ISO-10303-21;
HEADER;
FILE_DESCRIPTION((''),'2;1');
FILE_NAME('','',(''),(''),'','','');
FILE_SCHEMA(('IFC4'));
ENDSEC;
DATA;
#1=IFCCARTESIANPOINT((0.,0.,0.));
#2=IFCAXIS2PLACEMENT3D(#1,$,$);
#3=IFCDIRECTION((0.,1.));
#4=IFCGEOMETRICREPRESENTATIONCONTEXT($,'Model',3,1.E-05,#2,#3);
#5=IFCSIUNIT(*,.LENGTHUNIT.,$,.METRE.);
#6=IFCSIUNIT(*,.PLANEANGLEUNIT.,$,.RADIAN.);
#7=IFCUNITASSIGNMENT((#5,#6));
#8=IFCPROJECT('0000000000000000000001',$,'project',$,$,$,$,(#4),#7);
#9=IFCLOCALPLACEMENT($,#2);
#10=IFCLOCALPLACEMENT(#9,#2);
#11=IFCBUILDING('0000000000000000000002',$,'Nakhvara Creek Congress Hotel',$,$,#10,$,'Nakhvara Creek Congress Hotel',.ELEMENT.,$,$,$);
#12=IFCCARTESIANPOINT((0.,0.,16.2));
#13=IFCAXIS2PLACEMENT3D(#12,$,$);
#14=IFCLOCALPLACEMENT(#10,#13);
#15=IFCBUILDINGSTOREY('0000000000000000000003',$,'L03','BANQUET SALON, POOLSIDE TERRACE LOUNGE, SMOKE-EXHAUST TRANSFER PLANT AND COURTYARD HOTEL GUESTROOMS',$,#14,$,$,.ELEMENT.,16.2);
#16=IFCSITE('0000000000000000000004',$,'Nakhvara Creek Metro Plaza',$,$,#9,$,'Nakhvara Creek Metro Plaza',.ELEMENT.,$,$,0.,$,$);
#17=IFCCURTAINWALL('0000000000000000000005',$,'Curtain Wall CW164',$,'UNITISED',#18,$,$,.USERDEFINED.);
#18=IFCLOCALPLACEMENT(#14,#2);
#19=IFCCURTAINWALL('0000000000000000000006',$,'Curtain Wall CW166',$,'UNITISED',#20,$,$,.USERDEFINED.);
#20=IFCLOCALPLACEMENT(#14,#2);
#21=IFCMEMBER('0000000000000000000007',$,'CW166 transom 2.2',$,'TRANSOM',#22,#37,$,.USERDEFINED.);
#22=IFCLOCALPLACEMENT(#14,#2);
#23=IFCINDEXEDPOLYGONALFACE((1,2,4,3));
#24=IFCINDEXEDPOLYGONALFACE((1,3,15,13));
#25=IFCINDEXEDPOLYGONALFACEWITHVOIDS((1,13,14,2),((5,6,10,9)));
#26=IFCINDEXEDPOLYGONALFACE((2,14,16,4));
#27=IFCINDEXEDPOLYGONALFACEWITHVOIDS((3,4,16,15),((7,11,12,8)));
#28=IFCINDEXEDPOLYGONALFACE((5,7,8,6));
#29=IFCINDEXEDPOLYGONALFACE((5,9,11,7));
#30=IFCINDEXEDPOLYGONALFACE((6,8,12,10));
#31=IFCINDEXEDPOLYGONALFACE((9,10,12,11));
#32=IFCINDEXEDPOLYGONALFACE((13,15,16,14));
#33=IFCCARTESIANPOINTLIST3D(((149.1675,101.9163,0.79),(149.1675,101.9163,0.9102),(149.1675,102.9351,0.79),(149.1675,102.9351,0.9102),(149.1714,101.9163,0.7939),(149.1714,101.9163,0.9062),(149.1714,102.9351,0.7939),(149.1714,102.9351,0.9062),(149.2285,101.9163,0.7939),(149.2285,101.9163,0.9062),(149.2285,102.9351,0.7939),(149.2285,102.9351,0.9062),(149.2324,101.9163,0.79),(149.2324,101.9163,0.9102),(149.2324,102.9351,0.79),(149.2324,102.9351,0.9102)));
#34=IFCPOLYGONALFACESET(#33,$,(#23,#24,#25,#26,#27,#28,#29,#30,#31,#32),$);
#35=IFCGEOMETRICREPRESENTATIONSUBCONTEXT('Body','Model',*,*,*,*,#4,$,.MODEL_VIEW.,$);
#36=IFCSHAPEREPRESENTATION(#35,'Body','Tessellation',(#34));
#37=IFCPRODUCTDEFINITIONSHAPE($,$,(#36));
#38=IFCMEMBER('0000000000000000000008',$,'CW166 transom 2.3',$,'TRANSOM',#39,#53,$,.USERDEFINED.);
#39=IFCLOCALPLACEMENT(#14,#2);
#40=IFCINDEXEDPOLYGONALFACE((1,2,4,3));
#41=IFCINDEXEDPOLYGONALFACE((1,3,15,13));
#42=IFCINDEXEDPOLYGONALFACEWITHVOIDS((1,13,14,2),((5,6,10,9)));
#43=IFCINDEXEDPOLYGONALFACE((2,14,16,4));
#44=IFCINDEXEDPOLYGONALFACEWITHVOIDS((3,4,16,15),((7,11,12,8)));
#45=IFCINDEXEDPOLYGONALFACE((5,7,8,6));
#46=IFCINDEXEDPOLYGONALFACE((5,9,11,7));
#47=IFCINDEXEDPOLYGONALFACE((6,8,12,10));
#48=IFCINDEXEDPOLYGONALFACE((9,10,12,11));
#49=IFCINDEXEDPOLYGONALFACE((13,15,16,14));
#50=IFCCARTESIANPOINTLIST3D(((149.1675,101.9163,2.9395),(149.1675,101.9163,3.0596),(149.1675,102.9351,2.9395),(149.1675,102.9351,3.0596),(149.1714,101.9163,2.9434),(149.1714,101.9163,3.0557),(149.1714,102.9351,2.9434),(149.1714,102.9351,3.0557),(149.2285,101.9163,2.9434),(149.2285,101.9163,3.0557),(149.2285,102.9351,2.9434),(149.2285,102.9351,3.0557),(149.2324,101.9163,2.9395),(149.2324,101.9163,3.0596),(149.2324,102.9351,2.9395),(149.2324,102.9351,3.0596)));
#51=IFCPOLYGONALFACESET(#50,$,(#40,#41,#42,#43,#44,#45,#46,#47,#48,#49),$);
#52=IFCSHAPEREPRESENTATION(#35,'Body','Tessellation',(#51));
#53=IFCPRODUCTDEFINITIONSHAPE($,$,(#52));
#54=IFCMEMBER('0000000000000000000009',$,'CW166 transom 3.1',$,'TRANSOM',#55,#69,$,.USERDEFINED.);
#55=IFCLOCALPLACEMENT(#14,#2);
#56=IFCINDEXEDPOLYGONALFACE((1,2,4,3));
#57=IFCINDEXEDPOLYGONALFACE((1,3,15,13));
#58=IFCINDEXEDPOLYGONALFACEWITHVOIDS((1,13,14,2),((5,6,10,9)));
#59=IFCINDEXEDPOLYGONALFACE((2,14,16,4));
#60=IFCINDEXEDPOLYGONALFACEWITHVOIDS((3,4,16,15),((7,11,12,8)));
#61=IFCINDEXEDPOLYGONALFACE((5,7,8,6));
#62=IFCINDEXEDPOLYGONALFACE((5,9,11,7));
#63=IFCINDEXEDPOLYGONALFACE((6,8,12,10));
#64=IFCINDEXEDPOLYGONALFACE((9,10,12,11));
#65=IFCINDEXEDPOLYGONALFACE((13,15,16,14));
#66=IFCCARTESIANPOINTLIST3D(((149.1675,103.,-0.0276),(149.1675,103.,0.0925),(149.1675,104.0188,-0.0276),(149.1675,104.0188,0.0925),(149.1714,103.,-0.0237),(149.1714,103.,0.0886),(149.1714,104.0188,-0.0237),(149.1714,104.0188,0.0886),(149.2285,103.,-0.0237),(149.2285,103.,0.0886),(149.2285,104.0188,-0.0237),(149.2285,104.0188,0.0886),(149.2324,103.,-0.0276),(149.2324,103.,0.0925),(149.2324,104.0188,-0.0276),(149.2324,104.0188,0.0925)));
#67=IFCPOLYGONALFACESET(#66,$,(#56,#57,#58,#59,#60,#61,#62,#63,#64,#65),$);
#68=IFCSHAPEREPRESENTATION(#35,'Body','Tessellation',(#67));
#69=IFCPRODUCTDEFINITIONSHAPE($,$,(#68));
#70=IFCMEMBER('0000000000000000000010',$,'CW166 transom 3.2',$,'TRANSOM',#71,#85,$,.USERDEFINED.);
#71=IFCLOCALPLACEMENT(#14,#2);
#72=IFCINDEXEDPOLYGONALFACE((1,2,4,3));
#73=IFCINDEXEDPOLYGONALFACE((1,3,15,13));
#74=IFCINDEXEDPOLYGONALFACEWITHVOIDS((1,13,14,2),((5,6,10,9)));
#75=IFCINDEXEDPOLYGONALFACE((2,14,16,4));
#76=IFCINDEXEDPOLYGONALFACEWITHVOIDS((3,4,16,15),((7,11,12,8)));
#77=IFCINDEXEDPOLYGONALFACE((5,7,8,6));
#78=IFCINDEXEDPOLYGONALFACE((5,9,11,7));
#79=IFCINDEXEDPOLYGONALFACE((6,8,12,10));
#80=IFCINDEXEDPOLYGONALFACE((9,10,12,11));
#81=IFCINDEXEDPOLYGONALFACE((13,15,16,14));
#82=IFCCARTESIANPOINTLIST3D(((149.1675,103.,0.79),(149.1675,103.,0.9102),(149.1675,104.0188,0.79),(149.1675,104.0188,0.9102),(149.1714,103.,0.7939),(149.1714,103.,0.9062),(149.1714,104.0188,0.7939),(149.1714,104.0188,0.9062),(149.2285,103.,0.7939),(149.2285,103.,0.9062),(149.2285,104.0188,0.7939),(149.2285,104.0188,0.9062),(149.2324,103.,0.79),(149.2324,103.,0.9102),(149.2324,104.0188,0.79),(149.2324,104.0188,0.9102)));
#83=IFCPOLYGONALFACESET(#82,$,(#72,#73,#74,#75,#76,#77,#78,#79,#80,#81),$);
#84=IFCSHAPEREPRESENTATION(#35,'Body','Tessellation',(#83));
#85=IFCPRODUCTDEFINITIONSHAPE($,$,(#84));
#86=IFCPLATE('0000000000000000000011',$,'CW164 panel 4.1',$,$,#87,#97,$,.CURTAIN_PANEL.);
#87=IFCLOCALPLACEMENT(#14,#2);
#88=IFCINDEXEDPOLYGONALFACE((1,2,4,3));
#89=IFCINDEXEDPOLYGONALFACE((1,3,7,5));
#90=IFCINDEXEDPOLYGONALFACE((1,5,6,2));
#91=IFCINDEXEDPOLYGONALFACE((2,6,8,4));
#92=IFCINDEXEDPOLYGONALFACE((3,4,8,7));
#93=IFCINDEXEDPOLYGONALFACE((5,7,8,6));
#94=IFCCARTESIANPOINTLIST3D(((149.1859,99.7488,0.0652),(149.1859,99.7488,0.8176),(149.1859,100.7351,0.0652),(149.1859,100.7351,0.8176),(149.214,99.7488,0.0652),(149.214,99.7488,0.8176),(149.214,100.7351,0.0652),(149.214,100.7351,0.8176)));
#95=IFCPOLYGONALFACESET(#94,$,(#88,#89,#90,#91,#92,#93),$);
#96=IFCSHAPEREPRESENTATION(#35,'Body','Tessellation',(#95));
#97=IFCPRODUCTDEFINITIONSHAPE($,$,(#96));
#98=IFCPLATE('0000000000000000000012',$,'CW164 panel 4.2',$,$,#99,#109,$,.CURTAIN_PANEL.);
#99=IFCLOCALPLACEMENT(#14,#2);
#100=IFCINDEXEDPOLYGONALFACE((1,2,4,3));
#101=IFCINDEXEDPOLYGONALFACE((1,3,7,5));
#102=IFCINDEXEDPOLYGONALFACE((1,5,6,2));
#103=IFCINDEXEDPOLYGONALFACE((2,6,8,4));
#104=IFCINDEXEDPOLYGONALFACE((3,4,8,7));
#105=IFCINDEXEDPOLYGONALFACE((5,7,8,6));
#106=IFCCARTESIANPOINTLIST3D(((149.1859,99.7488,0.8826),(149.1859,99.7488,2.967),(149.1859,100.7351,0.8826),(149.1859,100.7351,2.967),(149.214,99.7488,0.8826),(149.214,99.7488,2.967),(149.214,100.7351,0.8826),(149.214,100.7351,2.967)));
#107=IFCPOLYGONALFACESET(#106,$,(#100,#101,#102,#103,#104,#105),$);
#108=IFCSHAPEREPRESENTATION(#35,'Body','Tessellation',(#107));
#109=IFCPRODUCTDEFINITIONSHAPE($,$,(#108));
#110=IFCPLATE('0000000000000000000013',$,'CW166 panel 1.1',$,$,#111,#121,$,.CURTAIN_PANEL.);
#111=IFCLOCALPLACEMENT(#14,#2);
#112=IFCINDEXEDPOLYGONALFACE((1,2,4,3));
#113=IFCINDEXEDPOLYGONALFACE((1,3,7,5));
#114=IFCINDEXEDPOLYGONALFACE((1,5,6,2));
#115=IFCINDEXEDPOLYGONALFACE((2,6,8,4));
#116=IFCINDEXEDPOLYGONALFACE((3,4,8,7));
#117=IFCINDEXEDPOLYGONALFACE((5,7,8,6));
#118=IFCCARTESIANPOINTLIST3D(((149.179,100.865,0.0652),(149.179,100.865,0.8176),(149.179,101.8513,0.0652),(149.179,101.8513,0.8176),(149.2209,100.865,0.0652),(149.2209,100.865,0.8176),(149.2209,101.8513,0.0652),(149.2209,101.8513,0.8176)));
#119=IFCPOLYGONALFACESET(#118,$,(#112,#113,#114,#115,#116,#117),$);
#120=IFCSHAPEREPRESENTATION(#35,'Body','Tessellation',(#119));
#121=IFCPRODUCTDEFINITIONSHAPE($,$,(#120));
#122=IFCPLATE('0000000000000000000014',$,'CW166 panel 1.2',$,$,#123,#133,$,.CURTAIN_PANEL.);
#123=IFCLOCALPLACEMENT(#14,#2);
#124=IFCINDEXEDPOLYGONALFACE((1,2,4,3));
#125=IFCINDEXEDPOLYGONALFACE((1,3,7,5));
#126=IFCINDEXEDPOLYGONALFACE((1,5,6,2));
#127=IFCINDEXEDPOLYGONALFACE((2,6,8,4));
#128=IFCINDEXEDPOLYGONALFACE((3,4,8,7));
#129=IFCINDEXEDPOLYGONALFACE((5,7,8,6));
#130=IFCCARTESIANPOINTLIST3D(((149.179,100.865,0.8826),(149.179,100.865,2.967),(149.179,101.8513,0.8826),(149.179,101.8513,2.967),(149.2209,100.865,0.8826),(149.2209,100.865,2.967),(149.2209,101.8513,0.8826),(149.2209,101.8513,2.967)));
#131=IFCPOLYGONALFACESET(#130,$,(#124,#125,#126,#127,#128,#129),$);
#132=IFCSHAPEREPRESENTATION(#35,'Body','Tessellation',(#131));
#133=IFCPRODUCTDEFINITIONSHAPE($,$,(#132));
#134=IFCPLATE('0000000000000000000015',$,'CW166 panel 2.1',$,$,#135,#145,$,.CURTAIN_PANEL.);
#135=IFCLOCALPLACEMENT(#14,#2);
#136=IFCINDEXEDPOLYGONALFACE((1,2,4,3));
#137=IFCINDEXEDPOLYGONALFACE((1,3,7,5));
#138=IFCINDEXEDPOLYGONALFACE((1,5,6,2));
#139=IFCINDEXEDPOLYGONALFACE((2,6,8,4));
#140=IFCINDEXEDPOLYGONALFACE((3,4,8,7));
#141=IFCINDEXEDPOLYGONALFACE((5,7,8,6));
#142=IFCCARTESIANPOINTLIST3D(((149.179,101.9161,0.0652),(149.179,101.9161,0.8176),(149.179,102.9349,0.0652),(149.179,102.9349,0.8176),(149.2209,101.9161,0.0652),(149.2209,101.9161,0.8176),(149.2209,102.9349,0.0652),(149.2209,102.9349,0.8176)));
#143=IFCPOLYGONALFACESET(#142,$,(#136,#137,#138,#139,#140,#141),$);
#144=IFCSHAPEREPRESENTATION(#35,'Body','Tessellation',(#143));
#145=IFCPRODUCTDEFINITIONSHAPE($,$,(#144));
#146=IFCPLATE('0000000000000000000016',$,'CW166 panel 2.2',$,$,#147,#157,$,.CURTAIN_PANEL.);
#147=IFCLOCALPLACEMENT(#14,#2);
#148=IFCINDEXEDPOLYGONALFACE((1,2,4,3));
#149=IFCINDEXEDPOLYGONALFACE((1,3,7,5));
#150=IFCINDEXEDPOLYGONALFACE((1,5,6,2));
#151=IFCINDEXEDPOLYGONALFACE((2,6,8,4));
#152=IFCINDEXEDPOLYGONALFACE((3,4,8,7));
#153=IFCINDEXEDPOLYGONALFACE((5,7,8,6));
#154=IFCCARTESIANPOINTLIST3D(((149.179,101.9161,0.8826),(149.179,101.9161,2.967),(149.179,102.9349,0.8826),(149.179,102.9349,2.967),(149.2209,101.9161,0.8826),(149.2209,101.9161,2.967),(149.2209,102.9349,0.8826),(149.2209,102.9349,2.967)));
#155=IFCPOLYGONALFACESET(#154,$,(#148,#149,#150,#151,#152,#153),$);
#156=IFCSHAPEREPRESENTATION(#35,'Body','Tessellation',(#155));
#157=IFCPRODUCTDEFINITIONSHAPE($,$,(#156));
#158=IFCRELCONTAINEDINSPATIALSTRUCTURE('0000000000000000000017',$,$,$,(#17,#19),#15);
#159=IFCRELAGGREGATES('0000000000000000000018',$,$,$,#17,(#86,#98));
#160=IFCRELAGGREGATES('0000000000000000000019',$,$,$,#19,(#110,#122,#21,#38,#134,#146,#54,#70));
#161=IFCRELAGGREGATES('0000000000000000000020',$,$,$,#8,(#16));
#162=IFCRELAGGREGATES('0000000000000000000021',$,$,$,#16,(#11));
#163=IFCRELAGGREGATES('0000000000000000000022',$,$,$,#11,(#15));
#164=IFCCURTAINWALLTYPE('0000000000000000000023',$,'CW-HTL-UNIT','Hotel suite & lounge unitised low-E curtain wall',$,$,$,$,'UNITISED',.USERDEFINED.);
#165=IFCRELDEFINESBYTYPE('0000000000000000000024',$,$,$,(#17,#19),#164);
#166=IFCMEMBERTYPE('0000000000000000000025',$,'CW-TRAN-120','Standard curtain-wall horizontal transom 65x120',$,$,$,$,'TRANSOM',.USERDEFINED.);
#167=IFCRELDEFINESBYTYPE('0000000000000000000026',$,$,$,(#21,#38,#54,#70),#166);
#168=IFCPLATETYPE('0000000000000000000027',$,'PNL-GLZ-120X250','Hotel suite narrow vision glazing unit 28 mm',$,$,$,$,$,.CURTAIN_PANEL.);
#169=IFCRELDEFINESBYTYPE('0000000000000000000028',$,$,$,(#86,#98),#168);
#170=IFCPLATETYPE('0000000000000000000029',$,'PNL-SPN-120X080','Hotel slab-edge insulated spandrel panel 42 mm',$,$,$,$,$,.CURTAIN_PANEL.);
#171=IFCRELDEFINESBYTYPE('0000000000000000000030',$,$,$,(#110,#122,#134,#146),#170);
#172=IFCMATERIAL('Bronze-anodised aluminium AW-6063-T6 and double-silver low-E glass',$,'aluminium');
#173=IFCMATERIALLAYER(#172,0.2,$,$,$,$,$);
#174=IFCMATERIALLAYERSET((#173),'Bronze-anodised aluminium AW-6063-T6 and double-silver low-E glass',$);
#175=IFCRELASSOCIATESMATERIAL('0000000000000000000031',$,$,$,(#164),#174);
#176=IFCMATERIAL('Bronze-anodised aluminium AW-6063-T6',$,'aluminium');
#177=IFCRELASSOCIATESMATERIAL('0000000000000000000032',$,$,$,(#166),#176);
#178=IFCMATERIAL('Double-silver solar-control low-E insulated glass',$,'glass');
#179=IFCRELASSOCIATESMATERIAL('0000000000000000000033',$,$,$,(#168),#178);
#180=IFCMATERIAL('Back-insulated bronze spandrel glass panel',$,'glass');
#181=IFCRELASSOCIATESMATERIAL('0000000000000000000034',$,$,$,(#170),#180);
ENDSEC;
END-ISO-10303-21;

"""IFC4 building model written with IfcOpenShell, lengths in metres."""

from ifc_helpers import new_model, si_unit, direction, frame, origin, origin_2d, place, context, subcontext, project, spatial, rectangle, hollow_rectangle, extrude, material, layer, layer_set, material_profile, profile_set, type_object, element, aggregate, save


model = new_model("IFC4")

# Units and contexts
model_context = context("Model", 3, precision=1e-05, world=origin(), true_north=direction((0.0, 1.0)))
body_context = subcontext(model_context, "Body", "Model", "MODEL_VIEW")
ifc_project = project(units=[si_unit("LENGTHUNIT", "METRE"), si_unit("PLANEANGLEUNIT", "RADIAN")], contexts=[model_context])

# Site, building, storey
site_placement = place(None, origin())
site = spatial("IfcSite", under=ifc_project, at=site_placement, Name="Nakhvara Creek Metro Plaza", LongName="Nakhvara Creek Metro Plaza", CompositionType="ELEMENT", RefElevation=0.0)
building_placement = place(site_placement, origin())
building = spatial("IfcBuilding", under=site, at=building_placement, Name="Nakhvara Creek Congress Hotel", LongName="Nakhvara Creek Congress Hotel", CompositionType="ELEMENT")
storey_placement = place(building_placement, frame((0.0, 0.0, 16.2)))
storey = spatial("IfcBuildingStorey", under=building, at=storey_placement, Name="L03", Description="BANQUET SALON, POOLSIDE TERRACE LOUNGE, SMOKE-EXHAUST TRANSFER PLANT AND COURTYARD HOTEL GUESTROOMS", CompositionType="ELEMENT", Elevation=16.2)

# Curtain wall
ifc_material_1 = material(Name="Bronze-anodised aluminium AW-6063-T6 and double-silver low-E glass", Category="aluminium")
ifc_layer = layer(ifc_material_1, 0.2)
ifc_layer_set = layer_set([ifc_layer], Name="Bronze-anodised aluminium AW-6063-T6 and double-silver low-E glass")
curtain_wall_type = type_object("IfcCurtainWallType", Name="CW-HTL-UNIT", Description="Hotel suite & lounge unitised low-E curtain wall", ElementType="UNITISED", PredefinedType="USERDEFINED", material=ifc_layer_set)
curtain_wall_1_placement = place(storey_placement, origin())
curtain_wall_1 = element("IfcCurtainWall", 1, at=curtain_wall_1_placement, inside=storey, type_object=curtain_wall_type, Name="Curtain Wall CW164", ObjectType="UNITISED", PredefinedType="USERDEFINED")
ifc_material_2 = material(Name="Bronze-anodised aluminium AW-6063-T6", Category="aluminium")

# Curtain wall
curtain_wall_2_placement = place(storey_placement, origin())
curtain_wall_2 = element("IfcCurtainWall", 2, at=curtain_wall_2_placement, inside=storey, type_object=curtain_wall_type, Name="Curtain Wall CW166", ObjectType="UNITISED", PredefinedType="USERDEFINED")

# Members
ifc_material_profile_1 = material_profile(ifc_material_2, hollow_rectangle(XDim=0.0649, YDim=0.1201, WallThickness=0.0039, at=origin_2d()), Name="ALU-TRAN 65x120x4", Category="LoadBearing")
ifc_profile_set_1 = profile_set([ifc_material_profile_1], Name="Bronze-anodised aluminium AW-6063-T6")
member_type_1 = type_object("IfcMemberType", Name="CW-TRAN-120", Description="Standard curtain-wall horizontal transom 65x120", ElementType="TRANSOM", PredefinedType="USERDEFINED", material=ifc_profile_set_1)
member_1_placement = place(storey_placement, frame((149.2, 101.9163, 0.8501), z_axis=(0.0, 1.0, 0.0), x_axis=(-1.0, 0.0, 0.0)))
member_1 = element("IfcMember", 3, at=member_1_placement, type_object=member_type_1, Name="CW166 transom 2.2", ObjectType="TRANSOM", PredefinedType="USERDEFINED", context=body_context, shape_type="SweptSolid", body=[
    extrude(hollow_rectangle(XDim=0.0649, YDim=0.1201, WallThickness=0.0039, at=origin_2d()), origin(), (0.0, 0.0, 1.0), 1.0188),
])
member_2_placement = place(storey_placement, frame((149.2, 101.9163, 2.9995), z_axis=(0.0, 1.0, 0.0), x_axis=(-1.0, 0.0, 0.0)))
member_2 = element("IfcMember", 4, at=member_2_placement, type_object=member_type_1, Name="CW166 transom 2.3", ObjectType="TRANSOM", PredefinedType="USERDEFINED", context=body_context, shape_type="SweptSolid", body=[
    extrude(hollow_rectangle(XDim=0.0649, YDim=0.1201, WallThickness=0.0039, at=origin_2d()), origin(), (0.0, 0.0, 1.0), 1.0188),
])
member_3_placement = place(storey_placement, frame((149.2, 103.0, 0.0325), z_axis=(0.0, 1.0, 0.0), x_axis=(-1.0, 0.0, 0.0)))
member_3 = element("IfcMember", 5, at=member_3_placement, type_object=member_type_1, Name="CW166 transom 3.1", ObjectType="TRANSOM", PredefinedType="USERDEFINED", context=body_context, shape_type="SweptSolid", body=[
    extrude(hollow_rectangle(XDim=0.0649, YDim=0.1201, WallThickness=0.0039, at=origin_2d()), origin(), (0.0, 0.0, 1.0), 1.0188),
])
member_4_placement = place(storey_placement, frame((149.2, 103.0, 0.8501), z_axis=(0.0, 1.0, 0.0), x_axis=(-1.0, 0.0, 0.0)))
member_4 = element("IfcMember", 6, at=member_4_placement, type_object=member_type_1, Name="CW166 transom 3.2", ObjectType="TRANSOM", PredefinedType="USERDEFINED", context=body_context, shape_type="SweptSolid", body=[
    extrude(hollow_rectangle(XDim=0.0649, YDim=0.1201, WallThickness=0.0039, at=origin_2d()), origin(), (0.0, 0.0, 1.0), 1.0188),
])

# Plates
ifc_material_3 = material(Name="Double-silver solar-control low-E insulated glass", Category="glass")
plate_type_1 = type_object("IfcPlateType", Name="PNL-GLZ-120X250", Description="Hotel suite narrow vision glazing unit 28 mm", PredefinedType="CURTAIN_PANEL", material=ifc_material_3)
plate_1_placement = place(storey_placement, frame((149.2, 100.2419, 0.0652), z_axis=(0.0, 0.0, 1.0), x_axis=(0.0, 1.0, 0.0)))
plate_1 = element("IfcPlate", 7, at=plate_1_placement, type_object=plate_type_1, Name="CW164 panel 4.1", PredefinedType="CURTAIN_PANEL", context=body_context, shape_type="SweptSolid", body=[
    extrude(rectangle(XDim=0.9863, YDim=0.0281, at=origin_2d()), origin(), (0.0, 0.0, 1.0), 0.7524),
])
plate_2_placement = place(storey_placement, frame((149.2, 100.2419, 0.8826), z_axis=(0.0, 0.0, 1.0), x_axis=(0.0, 1.0, 0.0)))
plate_2 = element("IfcPlate", 8, at=plate_2_placement, type_object=plate_type_1, Name="CW164 panel 4.2", PredefinedType="CURTAIN_PANEL", context=body_context, shape_type="SweptSolid", body=[
    extrude(rectangle(XDim=0.9863, YDim=0.0281, at=origin_2d()), origin(), (0.0, 0.0, 1.0), 2.0845),
])
aggregate(curtain_wall_1, [plate_1, plate_2])
ifc_material_4 = material(Name="Back-insulated bronze spandrel glass panel", Category="glass")
plate_type_2 = type_object("IfcPlateType", Name="PNL-SPN-120X080", Description="Hotel slab-edge insulated spandrel panel 42 mm", PredefinedType="CURTAIN_PANEL", material=ifc_material_4)
plate_3_placement = place(storey_placement, frame((149.2, 101.3582, 0.0652), z_axis=(0.0, 0.0, 1.0), x_axis=(0.0, 1.0, 0.0)))
plate_3 = element("IfcPlate", 9, at=plate_3_placement, type_object=plate_type_2, Name="CW166 panel 1.1", PredefinedType="CURTAIN_PANEL", context=body_context, shape_type="SweptSolid", body=[
    extrude(rectangle(XDim=0.9863, YDim=0.042, at=origin_2d()), origin(), (0.0, 0.0, 1.0), 0.7524),
])
plate_4_placement = place(storey_placement, frame((149.2, 101.3582, 0.8826), z_axis=(0.0, 0.0, 1.0), x_axis=(0.0, 1.0, 0.0)))
plate_4 = element("IfcPlate", 10, at=plate_4_placement, type_object=plate_type_2, Name="CW166 panel 1.2", PredefinedType="CURTAIN_PANEL", context=body_context, shape_type="SweptSolid", body=[
    extrude(rectangle(XDim=0.9863, YDim=0.042, at=origin_2d()), origin(), (0.0, 0.0, 1.0), 2.0845),
])
plate_5_placement = place(storey_placement, frame((149.2, 102.4255, 0.0652), z_axis=(0.0, 0.0, 1.0), x_axis=(0.0, 1.0, 0.0)))
plate_5 = element("IfcPlate", 11, at=plate_5_placement, type_object=plate_type_2, Name="CW166 panel 2.1", PredefinedType="CURTAIN_PANEL", context=body_context, shape_type="SweptSolid", body=[
    extrude(rectangle(XDim=1.0188, YDim=0.042, at=origin_2d()), origin(), (0.0, 0.0, 1.0), 0.7524),
])
plate_6_placement = place(storey_placement, frame((149.2, 102.4255, 0.8826), z_axis=(0.0, 0.0, 1.0), x_axis=(0.0, 1.0, 0.0)))
plate_6 = element("IfcPlate", 12, at=plate_6_placement, type_object=plate_type_2, Name="CW166 panel 2.2", PredefinedType="CURTAIN_PANEL", context=body_context, shape_type="SweptSolid", body=[
    extrude(rectangle(XDim=1.0188, YDim=0.042, at=origin_2d()), origin(), (0.0, 0.0, 1.0), 2.0845),
])
aggregate(curtain_wall_2, [plate_3, plate_4, member_1, member_2, plate_5, plate_6, member_3, member_4])

save(model, "model.ifc")
